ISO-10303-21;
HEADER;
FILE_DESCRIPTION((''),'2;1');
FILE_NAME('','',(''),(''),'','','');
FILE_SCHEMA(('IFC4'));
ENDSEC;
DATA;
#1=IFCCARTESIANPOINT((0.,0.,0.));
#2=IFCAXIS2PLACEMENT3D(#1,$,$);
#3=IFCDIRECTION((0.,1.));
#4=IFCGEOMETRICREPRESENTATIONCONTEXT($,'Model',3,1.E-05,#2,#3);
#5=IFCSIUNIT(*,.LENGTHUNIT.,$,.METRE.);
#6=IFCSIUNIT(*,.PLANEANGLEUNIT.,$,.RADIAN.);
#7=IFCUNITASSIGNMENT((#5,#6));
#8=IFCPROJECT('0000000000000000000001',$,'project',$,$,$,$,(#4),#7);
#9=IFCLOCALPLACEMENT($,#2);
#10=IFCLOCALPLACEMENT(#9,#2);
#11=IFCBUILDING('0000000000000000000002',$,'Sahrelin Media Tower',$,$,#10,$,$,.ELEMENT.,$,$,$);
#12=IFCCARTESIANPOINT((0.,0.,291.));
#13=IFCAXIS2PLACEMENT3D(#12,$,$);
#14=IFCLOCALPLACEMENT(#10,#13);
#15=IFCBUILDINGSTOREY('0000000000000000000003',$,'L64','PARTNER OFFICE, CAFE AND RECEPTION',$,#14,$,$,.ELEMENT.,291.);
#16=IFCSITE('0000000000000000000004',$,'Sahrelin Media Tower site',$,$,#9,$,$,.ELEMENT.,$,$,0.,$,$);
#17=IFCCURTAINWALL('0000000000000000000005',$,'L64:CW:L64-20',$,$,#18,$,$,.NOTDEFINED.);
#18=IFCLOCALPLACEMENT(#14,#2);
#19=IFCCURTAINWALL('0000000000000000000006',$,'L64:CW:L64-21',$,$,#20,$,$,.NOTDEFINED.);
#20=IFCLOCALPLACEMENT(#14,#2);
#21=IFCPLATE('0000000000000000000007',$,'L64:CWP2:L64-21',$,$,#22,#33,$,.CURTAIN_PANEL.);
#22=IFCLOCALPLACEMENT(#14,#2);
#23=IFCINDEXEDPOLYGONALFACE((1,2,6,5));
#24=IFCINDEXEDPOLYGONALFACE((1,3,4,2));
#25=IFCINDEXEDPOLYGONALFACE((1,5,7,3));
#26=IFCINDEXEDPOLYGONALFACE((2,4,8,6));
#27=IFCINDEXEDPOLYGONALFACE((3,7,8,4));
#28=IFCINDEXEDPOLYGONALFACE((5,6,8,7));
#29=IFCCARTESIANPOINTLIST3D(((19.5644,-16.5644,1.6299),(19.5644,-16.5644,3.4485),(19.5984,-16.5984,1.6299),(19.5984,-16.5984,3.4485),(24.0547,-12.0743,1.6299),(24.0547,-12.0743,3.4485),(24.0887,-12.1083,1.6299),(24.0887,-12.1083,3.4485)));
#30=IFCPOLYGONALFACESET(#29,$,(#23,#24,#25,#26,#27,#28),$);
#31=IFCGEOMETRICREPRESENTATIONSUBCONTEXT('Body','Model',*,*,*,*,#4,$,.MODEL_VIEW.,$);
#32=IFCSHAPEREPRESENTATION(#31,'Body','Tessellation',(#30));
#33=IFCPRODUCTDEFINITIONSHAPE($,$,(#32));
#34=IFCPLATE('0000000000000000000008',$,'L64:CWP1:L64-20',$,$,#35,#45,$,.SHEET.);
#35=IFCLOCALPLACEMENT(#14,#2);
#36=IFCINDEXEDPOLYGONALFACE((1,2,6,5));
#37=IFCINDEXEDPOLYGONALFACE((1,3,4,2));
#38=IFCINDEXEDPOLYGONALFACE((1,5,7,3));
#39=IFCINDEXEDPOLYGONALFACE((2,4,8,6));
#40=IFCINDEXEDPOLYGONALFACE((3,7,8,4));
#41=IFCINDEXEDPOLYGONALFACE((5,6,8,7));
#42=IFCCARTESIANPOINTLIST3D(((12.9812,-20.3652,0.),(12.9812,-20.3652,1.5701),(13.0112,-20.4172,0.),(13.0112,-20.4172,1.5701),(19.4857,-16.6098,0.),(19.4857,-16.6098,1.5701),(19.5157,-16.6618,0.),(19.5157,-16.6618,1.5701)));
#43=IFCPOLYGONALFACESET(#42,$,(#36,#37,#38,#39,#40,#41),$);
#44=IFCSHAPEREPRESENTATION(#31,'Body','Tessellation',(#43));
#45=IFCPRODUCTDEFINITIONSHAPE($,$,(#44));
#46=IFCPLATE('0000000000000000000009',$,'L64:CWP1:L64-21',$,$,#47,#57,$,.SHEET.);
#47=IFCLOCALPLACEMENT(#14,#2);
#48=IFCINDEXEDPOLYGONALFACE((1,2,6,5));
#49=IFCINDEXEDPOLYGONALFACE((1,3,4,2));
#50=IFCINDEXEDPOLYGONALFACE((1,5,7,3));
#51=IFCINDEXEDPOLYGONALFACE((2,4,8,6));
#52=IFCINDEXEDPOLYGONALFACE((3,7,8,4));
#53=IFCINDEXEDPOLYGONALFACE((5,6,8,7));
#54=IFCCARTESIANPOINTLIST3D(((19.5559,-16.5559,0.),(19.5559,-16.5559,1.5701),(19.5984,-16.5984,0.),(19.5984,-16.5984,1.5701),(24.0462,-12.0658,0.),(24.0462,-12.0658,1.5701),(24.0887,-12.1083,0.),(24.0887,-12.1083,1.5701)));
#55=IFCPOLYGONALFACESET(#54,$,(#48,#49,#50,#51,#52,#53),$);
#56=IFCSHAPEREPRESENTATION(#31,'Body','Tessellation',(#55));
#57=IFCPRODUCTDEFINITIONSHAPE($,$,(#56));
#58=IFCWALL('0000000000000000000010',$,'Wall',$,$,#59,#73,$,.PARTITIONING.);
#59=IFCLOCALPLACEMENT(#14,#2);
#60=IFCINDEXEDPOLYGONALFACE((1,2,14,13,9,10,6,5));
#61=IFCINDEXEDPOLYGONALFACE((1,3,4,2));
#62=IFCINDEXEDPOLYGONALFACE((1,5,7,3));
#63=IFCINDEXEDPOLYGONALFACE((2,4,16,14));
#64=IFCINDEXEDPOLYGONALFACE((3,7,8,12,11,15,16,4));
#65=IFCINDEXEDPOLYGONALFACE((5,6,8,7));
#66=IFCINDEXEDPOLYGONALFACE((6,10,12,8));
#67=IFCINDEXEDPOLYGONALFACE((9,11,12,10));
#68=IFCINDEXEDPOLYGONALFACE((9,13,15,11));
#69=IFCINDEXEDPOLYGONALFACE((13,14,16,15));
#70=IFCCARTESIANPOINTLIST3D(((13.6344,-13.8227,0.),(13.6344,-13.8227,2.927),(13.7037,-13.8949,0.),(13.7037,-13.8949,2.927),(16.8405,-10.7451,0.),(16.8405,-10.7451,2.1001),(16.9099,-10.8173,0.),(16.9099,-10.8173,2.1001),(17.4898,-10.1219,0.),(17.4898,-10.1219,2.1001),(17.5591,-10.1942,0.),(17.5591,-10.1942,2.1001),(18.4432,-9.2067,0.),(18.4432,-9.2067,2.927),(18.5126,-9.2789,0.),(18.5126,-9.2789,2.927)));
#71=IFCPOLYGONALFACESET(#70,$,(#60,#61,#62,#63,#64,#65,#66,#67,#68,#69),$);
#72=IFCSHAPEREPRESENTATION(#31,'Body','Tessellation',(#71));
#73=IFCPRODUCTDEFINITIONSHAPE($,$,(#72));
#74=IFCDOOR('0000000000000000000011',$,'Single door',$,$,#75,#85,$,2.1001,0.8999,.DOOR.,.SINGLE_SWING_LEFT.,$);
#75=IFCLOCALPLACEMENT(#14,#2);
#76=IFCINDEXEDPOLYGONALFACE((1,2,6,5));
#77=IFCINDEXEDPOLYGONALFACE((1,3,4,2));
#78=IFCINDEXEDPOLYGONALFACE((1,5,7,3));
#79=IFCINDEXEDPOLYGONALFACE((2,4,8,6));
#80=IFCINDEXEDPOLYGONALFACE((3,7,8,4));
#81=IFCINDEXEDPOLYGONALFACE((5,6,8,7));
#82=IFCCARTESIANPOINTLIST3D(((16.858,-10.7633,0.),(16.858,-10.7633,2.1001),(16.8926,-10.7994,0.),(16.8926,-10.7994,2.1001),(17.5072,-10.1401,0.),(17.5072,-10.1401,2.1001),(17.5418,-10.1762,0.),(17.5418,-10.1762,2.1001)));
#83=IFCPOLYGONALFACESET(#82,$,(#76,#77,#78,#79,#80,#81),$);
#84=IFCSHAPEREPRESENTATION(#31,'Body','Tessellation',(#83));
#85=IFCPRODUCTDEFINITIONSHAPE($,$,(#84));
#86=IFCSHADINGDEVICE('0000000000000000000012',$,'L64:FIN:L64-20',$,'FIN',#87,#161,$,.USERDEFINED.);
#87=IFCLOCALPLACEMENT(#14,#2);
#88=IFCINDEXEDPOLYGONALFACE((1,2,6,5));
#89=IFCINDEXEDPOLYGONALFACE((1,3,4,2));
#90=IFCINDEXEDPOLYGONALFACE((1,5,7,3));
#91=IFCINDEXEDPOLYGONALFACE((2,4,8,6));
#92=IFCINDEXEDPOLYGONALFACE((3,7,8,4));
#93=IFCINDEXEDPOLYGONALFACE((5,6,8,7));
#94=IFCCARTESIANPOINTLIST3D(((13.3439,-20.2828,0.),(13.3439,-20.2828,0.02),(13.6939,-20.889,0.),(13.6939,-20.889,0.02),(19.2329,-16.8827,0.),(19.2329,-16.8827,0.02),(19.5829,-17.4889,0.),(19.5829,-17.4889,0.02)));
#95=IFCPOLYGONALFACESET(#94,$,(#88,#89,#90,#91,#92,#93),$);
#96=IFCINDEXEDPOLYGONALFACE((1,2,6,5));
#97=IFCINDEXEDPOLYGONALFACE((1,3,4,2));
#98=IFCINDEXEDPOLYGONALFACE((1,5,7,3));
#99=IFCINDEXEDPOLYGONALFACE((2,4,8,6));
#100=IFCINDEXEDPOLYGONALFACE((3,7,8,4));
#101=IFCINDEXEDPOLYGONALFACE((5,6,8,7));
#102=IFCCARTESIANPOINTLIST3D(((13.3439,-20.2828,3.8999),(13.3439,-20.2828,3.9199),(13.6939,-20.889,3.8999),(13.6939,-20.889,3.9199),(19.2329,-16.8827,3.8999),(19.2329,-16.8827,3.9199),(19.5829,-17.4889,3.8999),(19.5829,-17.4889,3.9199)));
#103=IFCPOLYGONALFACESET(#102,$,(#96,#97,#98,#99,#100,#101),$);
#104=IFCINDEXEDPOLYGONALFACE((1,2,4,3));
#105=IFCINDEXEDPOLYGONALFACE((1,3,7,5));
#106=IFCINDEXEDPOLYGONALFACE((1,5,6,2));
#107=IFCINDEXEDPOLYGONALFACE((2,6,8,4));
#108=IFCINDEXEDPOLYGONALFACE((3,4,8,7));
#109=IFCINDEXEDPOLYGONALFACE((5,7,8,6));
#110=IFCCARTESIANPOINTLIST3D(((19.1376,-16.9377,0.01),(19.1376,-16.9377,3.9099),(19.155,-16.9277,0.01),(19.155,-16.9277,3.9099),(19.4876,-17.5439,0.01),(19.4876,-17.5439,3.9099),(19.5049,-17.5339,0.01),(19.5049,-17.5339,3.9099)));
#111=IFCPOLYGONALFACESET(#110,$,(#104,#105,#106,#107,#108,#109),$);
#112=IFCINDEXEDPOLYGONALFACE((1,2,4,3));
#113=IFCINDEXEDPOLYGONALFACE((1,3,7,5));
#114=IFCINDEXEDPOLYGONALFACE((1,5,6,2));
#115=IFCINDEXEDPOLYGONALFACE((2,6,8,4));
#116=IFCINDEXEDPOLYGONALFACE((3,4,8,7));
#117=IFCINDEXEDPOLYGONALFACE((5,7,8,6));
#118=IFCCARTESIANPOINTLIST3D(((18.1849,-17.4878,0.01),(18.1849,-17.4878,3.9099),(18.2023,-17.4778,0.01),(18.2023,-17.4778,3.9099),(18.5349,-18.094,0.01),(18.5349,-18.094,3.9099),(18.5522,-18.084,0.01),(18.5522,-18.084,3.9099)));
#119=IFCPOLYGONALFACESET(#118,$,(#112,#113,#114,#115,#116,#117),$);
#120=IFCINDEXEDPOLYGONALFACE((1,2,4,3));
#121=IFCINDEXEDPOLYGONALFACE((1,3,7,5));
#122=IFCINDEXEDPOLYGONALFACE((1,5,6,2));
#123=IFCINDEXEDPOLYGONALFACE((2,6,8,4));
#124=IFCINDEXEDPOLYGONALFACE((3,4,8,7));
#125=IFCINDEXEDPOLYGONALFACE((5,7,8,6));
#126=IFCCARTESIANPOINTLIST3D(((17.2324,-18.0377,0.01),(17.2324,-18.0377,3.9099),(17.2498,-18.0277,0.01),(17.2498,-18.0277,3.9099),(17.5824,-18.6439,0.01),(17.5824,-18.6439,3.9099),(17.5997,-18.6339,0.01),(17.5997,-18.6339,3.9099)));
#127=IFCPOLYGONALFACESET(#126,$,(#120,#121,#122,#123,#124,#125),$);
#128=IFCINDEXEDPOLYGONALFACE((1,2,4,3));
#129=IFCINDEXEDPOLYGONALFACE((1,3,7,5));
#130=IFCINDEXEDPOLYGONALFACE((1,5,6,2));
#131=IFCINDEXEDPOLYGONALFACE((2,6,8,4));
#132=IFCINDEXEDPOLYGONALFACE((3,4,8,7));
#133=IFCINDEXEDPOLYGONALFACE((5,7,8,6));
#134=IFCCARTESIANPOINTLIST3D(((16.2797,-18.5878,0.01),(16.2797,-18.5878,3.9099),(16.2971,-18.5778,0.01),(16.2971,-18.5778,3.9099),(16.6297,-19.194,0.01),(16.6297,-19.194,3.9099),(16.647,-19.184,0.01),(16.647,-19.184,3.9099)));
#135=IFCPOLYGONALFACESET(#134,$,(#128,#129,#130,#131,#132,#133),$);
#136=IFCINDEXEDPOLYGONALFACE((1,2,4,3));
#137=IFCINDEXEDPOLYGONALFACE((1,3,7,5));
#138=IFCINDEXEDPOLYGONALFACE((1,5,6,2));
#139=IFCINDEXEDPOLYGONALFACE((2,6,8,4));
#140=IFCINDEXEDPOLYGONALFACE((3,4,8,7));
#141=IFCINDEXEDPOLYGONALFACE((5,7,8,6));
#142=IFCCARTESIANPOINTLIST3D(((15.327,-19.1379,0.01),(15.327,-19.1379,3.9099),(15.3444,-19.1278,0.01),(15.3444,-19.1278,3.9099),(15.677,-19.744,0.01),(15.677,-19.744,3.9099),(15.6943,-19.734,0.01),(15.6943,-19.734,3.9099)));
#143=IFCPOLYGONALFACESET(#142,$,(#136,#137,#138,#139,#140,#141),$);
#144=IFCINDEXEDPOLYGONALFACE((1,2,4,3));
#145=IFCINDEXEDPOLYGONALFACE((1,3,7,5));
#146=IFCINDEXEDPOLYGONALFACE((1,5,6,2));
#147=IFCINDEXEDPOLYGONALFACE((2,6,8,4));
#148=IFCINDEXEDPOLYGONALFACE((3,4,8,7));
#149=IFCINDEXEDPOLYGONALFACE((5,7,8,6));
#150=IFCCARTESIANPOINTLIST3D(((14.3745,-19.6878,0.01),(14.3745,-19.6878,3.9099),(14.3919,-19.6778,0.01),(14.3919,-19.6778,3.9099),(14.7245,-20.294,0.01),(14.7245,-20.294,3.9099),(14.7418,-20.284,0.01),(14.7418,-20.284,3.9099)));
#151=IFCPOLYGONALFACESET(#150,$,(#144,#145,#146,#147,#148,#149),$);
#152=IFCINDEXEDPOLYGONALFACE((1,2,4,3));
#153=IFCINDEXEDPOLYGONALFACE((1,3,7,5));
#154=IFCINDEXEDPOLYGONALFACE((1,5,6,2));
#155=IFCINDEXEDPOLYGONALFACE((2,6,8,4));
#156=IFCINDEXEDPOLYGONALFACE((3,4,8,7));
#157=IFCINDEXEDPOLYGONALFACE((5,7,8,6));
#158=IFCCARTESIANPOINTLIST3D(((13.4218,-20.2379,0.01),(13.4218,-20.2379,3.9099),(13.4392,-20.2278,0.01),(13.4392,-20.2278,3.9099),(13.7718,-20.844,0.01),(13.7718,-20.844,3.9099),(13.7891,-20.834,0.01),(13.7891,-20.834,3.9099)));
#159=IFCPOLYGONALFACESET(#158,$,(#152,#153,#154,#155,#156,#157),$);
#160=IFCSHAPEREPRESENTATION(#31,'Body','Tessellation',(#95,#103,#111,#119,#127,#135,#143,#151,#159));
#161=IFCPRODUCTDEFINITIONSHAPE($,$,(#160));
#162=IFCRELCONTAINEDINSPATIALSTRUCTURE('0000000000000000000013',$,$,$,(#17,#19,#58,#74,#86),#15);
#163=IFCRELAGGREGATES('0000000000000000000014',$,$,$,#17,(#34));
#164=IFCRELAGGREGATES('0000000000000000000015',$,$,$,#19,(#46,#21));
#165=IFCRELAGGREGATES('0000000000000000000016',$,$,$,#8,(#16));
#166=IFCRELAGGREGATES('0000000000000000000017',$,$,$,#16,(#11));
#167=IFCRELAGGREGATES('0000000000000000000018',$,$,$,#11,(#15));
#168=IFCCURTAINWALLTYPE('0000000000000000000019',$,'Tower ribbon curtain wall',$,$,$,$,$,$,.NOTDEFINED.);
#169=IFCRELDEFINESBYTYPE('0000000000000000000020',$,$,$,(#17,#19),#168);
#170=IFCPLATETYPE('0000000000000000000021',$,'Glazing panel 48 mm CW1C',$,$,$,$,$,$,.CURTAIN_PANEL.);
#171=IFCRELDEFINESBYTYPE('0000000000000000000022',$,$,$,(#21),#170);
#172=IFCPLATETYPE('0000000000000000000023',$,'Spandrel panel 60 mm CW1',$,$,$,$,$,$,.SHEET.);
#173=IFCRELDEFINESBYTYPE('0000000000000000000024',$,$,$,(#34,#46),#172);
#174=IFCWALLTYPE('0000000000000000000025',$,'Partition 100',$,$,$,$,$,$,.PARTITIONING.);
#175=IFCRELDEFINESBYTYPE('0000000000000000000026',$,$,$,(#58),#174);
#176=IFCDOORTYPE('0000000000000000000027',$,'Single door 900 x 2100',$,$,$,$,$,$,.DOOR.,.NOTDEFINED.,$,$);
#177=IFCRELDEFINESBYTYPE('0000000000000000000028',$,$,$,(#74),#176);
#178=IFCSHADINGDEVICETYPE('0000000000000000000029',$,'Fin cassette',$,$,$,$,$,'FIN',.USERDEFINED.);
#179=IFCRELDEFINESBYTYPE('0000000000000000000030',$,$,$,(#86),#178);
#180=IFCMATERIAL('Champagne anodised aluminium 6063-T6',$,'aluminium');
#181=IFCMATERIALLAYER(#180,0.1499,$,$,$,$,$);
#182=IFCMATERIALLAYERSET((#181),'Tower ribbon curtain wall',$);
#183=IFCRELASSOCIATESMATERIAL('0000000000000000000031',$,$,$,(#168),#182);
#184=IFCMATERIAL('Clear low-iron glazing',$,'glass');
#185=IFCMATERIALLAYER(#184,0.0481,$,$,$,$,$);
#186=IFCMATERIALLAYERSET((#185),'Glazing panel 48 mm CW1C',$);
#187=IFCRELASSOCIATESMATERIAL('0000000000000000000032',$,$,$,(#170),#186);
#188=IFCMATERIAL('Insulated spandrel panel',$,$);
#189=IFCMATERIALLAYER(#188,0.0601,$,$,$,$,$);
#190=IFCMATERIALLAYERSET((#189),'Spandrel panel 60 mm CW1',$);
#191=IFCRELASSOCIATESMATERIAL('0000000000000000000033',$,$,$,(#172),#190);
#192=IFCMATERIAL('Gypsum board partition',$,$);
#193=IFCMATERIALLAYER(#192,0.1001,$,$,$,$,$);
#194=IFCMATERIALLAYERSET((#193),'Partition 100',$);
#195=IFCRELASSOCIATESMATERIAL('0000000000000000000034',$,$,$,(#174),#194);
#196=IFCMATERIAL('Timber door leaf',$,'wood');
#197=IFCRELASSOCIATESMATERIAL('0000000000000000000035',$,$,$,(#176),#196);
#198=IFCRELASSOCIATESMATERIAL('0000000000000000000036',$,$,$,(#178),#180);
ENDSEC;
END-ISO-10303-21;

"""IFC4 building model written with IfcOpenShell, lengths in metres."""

from ifc_helpers import new_model, si_unit, direction, frame, frame_2d, origin, origin_2d, place, context, subcontext, project, spatial, polyline, rectangle, outline, extrude, material, layer, layer_set, type_object, element, fill, aggregate, save


model = new_model("IFC4")

# Units and contexts
model_context = context("Model", 3, precision=1e-05, world=origin(), true_north=direction((0.0, 1.0)))
body_context = subcontext(model_context, "Body", "Model", "MODEL_VIEW")
ifc_project = project(units=[si_unit("LENGTHUNIT", "METRE"), si_unit("PLANEANGLEUNIT", "RADIAN")], contexts=[model_context])

# Site, building, storey
site_placement = place(None, origin())
site = spatial("IfcSite", under=ifc_project, at=site_placement, Name="Sahrelin Media Tower site", CompositionType="ELEMENT", RefElevation=0.0)
building_placement = place(site_placement, origin())
building = spatial("IfcBuilding", under=site, at=building_placement, Name="Sahrelin Media Tower", CompositionType="ELEMENT")
storey_placement = place(building_placement, frame((0.0, 0.0, 291.0)))
storey = spatial("IfcBuildingStorey", under=building, at=storey_placement, Name="L64", Description="PARTNER OFFICE, CAFE AND RECEPTION", CompositionType="ELEMENT", Elevation=291.0)

# Curtain walls
ifc_material_1 = material(Name="Champagne anodised aluminium 6063-T6", Category="aluminium")
ifc_layer_1 = layer(ifc_material_1, 0.1499)
ifc_layer_set_1 = layer_set([ifc_layer_1], Name="Tower ribbon curtain wall")
curtain_wall_type = type_object("IfcCurtainWallType", Name="Tower ribbon curtain wall", PredefinedType="NOTDEFINED", material=ifc_layer_set_1)
curtain_wall_1_placement = place(storey_placement, frame((16.2534, -18.5222, 0.0), z_axis=(0.0, 0.0, 1.0), x_axis=(1.0, 0.0, 0.0)))
curtain_wall_1 = element("IfcCurtainWall", 1, at=curtain_wall_1_placement, inside=storey, type_object=curtain_wall_type, Name="L64:CW:L64-20", PredefinedType="NOTDEFINED")
curtain_wall_2_placement = place(storey_placement, frame((21.8293, -14.3391, 0.0), z_axis=(0.0, 0.0, 1.0), x_axis=(1.0, 0.0, 0.0)))
curtain_wall_2 = element("IfcCurtainWall", 2, at=curtain_wall_2_placement, inside=storey, type_object=curtain_wall_type, Name="L64:CW:L64-21", PredefinedType="NOTDEFINED")

# Plates
ifc_material_2 = material(Name="Clear low-iron glazing", Category="glass")
ifc_layer_2 = layer(ifc_material_2, 0.0481)
ifc_layer_set_2 = layer_set([ifc_layer_2], Name="Glazing panel 48 mm CW1C")
plate_type_1 = type_object("IfcPlateType", Name="Glazing panel 48 mm CW1C", PredefinedType="CURTAIN_PANEL", material=ifc_layer_set_2)
plate_1_placement = place(storey_placement, frame((19.5984, -16.5984, 1.6299), z_axis=(0.707088, -0.707126, 0.0), x_axis=(0.707126, 0.707088, 0.0)))
plate_1 = element("IfcPlate", 3, at=plate_1_placement, type_object=plate_type_1, Name="L64:CWP2:L64-21", PredefinedType="CURTAIN_PANEL", context=body_context, shape_type="SweptSolid", body=[
    extrude(outline(polyline([(0.0, 0.0), (6.3501, 0.0), (6.3501, 1.8186), (0.0, 1.8186), (0.0, 0.0)])), origin(), (0.0, 0.0, -1.0), 0.0481),
])
ifc_material_3 = material(Name="Insulated spandrel panel")
ifc_layer_3 = layer(ifc_material_3, 0.0601)
ifc_layer_set_3 = layer_set([ifc_layer_3], Name="Spandrel panel 60 mm CW1")
plate_type_2 = type_object("IfcPlateType", Name="Spandrel panel 60 mm CW1", PredefinedType="SHEET", material=ifc_layer_set_3)
plate_2_placement = place(storey_placement, frame((13.0112, -20.4172, 0.0), z_axis=(0.500006, -0.866022, 0.0), x_axis=(0.866022, 0.500006, 0.0)))
plate_2 = element("IfcPlate", 4, at=plate_2_placement, type_object=plate_type_2, Name="L64:CWP1:L64-20", PredefinedType="SHEET", context=body_context, shape_type="SweptSolid", body=[
    extrude(outline(polyline([(0.0, 0.0), (7.5107, 0.0), (7.5107, 1.5701), (0.0, 1.5701), (0.0, 0.0)])), origin(), (0.0, 0.0, -1.0), 0.0601),
])
aggregate(curtain_wall_1, [plate_2])
plate_3_placement = place(storey_placement, frame((19.5984, -16.5984, 0.0), z_axis=(0.707088, -0.707126, 0.0), x_axis=(0.707126, 0.707088, 0.0)))
plate_3 = element("IfcPlate", 5, at=plate_3_placement, type_object=plate_type_2, Name="L64:CWP1:L64-21", PredefinedType="SHEET", context=body_context, shape_type="SweptSolid", body=[
    extrude(outline(polyline([(0.0, 0.0), (6.3501, 0.0), (6.3501, 1.5701), (0.0, 1.5701), (0.0, 0.0)])), origin(), (0.0, 0.0, -1.0), 0.0601),
])
aggregate(curtain_wall_2, [plate_3, plate_1])

# Wall, opening, door
ifc_material_4 = material(Name="Gypsum board partition")
ifc_layer_4 = layer(ifc_material_4, 0.1001)
ifc_layer_set_4 = layer_set([ifc_layer_4], Name="Partition 100")
wall_type = type_object("IfcWallType", Name="Partition 100", PredefinedType="PARTITIONING", material=ifc_layer_set_4)
wall_placement = place(storey_placement, frame((13.6689, -13.8589, 0.0), z_axis=(0.0, 0.0, 1.0), x_axis=(0.721426, 0.692491, 0.0)))
wall = element("IfcWall", 6, at=wall_placement, inside=storey, type_object=wall_type, Name="Wall", PredefinedType="PARTITIONING", context=body_context, shape_type="SweptSolid", body=[
    extrude(rectangle(XDim=6.6658, YDim=0.1001, at=frame_2d((3.333, 0.0))), origin(), (0.0, 0.0, 1.0), 2.927),
])
opening_placement = place(wall_placement, frame((4.4443, 0.0, 0.0)))
opening = element("IfcOpeningElement", 7, at=opening_placement, cuts=wall, PredefinedType="OPENING", context=body_context, shape_type="SweptSolid", body=[
    extrude(rectangle(XDim=0.8999, YDim=2.1001, at=frame_2d((0.45, 1.05))), frame((0.0, 0.05, 0.0), z_axis=(0.0, -1.0, 0.0), x_axis=(1.0, 0.0, 0.0)), (0.0, 0.0, 1.0), 0.1001),
])
ifc_material_5 = material(Name="Timber door leaf", Category="wood")
door_type = type_object("IfcDoorType", Name="Single door 900 x 2100", OperationType="NOTDEFINED", PredefinedType="DOOR", material=ifc_material_5)
door_placement = place(opening_placement, origin())
door = element("IfcDoor", 8, at=door_placement, inside=storey, type_object=door_type, Name="Single door", OperationType="SINGLE_SWING_LEFT", OverallHeight=2.1001, OverallWidth=0.8999, PredefinedType="DOOR", context=body_context, shape_type="SweptSolid", body=[
    extrude(rectangle(XDim=0.8999, YDim=2.1001, at=frame_2d((0.45, 1.05))), frame((0.0, 0.0249, 0.0), z_axis=(0.0, -1.0, 0.0), x_axis=(1.0, 0.0, 0.0)), (0.0, 0.0, 1.0), 0.05),
])
fill(opening, door)

# Shading device
shading_device_type_1 = type_object("IfcShadingDeviceType", Name="Fin cassette", ElementType="FIN", PredefinedType="USERDEFINED", material=ifc_material_1)
placement_1 = place(storey_placement, frame((16.2534, -18.5222, 0.0), z_axis=(0.0, 0.0, 1.0), x_axis=(-0.866019, -0.500011, 0.0)))
element("IfcShadingDevice", 9, at=placement_1, inside=storey, type_object=shading_device_type_1, Name="L64:FIN:L64-20", ObjectType="FIN", PredefinedType="USERDEFINED", context=body_context, shape_type="SweptSolid", body=[
    extrude(rectangle(XDim=6.8, YDim=0.7, at=origin_2d()), frame((0.0, 0.4199, 0.0)), (0.0, 0.0, 1.0), 0.02),
    extrude(rectangle(XDim=6.8, YDim=0.7, at=origin_2d()), frame((0.0, 0.4199, 3.8999)), (0.0, 0.0, 1.0), 0.02),
    extrude(rectangle(XDim=0.02, YDim=0.7, at=origin_2d()), frame((-3.3, 0.4199, 0.01), z_axis=(0.0, 0.0, 1.0), x_axis=(1.0, 0.0, 0.0)), (0.0, 0.0, 1.0), 3.8999),
    extrude(rectangle(XDim=0.02, YDim=0.7, at=origin_2d()), frame((-2.2, 0.4199, 0.01), z_axis=(0.0, 0.0, 1.0), x_axis=(1.0, 0.0, 0.0)), (0.0, 0.0, 1.0), 3.8999),
    extrude(rectangle(XDim=0.02, YDim=0.7, at=origin_2d()), frame((-1.1001, 0.4199, 0.01), z_axis=(0.0, 0.0, 1.0), x_axis=(1.0, 0.0, 0.0)), (0.0, 0.0, 1.0), 3.8999),
    extrude(rectangle(XDim=0.02, YDim=0.7, at=origin_2d()), frame((0.0, 0.4199, 0.01), z_axis=(0.0, 0.0, 1.0), x_axis=(1.0, 0.0, 0.0)), (0.0, 0.0, 1.0), 3.8999),
    extrude(rectangle(XDim=0.02, YDim=0.7, at=origin_2d()), frame((1.1001, 0.4199, 0.01), z_axis=(0.0, 0.0, 1.0), x_axis=(1.0, 0.0, 0.0)), (0.0, 0.0, 1.0), 3.8999),
    extrude(rectangle(XDim=0.02, YDim=0.7, at=origin_2d()), frame((2.2, 0.4199, 0.01), z_axis=(0.0, 0.0, 1.0), x_axis=(1.0, 0.0, 0.0)), (0.0, 0.0, 1.0), 3.8999),
    extrude(rectangle(XDim=0.02, YDim=0.7, at=origin_2d()), frame((3.3, 0.4199, 0.01), z_axis=(0.0, 0.0, 1.0), x_axis=(1.0, 0.0, 0.0)), (0.0, 0.0, 1.0), 3.8999),
])

save(model, "model.ifc")
